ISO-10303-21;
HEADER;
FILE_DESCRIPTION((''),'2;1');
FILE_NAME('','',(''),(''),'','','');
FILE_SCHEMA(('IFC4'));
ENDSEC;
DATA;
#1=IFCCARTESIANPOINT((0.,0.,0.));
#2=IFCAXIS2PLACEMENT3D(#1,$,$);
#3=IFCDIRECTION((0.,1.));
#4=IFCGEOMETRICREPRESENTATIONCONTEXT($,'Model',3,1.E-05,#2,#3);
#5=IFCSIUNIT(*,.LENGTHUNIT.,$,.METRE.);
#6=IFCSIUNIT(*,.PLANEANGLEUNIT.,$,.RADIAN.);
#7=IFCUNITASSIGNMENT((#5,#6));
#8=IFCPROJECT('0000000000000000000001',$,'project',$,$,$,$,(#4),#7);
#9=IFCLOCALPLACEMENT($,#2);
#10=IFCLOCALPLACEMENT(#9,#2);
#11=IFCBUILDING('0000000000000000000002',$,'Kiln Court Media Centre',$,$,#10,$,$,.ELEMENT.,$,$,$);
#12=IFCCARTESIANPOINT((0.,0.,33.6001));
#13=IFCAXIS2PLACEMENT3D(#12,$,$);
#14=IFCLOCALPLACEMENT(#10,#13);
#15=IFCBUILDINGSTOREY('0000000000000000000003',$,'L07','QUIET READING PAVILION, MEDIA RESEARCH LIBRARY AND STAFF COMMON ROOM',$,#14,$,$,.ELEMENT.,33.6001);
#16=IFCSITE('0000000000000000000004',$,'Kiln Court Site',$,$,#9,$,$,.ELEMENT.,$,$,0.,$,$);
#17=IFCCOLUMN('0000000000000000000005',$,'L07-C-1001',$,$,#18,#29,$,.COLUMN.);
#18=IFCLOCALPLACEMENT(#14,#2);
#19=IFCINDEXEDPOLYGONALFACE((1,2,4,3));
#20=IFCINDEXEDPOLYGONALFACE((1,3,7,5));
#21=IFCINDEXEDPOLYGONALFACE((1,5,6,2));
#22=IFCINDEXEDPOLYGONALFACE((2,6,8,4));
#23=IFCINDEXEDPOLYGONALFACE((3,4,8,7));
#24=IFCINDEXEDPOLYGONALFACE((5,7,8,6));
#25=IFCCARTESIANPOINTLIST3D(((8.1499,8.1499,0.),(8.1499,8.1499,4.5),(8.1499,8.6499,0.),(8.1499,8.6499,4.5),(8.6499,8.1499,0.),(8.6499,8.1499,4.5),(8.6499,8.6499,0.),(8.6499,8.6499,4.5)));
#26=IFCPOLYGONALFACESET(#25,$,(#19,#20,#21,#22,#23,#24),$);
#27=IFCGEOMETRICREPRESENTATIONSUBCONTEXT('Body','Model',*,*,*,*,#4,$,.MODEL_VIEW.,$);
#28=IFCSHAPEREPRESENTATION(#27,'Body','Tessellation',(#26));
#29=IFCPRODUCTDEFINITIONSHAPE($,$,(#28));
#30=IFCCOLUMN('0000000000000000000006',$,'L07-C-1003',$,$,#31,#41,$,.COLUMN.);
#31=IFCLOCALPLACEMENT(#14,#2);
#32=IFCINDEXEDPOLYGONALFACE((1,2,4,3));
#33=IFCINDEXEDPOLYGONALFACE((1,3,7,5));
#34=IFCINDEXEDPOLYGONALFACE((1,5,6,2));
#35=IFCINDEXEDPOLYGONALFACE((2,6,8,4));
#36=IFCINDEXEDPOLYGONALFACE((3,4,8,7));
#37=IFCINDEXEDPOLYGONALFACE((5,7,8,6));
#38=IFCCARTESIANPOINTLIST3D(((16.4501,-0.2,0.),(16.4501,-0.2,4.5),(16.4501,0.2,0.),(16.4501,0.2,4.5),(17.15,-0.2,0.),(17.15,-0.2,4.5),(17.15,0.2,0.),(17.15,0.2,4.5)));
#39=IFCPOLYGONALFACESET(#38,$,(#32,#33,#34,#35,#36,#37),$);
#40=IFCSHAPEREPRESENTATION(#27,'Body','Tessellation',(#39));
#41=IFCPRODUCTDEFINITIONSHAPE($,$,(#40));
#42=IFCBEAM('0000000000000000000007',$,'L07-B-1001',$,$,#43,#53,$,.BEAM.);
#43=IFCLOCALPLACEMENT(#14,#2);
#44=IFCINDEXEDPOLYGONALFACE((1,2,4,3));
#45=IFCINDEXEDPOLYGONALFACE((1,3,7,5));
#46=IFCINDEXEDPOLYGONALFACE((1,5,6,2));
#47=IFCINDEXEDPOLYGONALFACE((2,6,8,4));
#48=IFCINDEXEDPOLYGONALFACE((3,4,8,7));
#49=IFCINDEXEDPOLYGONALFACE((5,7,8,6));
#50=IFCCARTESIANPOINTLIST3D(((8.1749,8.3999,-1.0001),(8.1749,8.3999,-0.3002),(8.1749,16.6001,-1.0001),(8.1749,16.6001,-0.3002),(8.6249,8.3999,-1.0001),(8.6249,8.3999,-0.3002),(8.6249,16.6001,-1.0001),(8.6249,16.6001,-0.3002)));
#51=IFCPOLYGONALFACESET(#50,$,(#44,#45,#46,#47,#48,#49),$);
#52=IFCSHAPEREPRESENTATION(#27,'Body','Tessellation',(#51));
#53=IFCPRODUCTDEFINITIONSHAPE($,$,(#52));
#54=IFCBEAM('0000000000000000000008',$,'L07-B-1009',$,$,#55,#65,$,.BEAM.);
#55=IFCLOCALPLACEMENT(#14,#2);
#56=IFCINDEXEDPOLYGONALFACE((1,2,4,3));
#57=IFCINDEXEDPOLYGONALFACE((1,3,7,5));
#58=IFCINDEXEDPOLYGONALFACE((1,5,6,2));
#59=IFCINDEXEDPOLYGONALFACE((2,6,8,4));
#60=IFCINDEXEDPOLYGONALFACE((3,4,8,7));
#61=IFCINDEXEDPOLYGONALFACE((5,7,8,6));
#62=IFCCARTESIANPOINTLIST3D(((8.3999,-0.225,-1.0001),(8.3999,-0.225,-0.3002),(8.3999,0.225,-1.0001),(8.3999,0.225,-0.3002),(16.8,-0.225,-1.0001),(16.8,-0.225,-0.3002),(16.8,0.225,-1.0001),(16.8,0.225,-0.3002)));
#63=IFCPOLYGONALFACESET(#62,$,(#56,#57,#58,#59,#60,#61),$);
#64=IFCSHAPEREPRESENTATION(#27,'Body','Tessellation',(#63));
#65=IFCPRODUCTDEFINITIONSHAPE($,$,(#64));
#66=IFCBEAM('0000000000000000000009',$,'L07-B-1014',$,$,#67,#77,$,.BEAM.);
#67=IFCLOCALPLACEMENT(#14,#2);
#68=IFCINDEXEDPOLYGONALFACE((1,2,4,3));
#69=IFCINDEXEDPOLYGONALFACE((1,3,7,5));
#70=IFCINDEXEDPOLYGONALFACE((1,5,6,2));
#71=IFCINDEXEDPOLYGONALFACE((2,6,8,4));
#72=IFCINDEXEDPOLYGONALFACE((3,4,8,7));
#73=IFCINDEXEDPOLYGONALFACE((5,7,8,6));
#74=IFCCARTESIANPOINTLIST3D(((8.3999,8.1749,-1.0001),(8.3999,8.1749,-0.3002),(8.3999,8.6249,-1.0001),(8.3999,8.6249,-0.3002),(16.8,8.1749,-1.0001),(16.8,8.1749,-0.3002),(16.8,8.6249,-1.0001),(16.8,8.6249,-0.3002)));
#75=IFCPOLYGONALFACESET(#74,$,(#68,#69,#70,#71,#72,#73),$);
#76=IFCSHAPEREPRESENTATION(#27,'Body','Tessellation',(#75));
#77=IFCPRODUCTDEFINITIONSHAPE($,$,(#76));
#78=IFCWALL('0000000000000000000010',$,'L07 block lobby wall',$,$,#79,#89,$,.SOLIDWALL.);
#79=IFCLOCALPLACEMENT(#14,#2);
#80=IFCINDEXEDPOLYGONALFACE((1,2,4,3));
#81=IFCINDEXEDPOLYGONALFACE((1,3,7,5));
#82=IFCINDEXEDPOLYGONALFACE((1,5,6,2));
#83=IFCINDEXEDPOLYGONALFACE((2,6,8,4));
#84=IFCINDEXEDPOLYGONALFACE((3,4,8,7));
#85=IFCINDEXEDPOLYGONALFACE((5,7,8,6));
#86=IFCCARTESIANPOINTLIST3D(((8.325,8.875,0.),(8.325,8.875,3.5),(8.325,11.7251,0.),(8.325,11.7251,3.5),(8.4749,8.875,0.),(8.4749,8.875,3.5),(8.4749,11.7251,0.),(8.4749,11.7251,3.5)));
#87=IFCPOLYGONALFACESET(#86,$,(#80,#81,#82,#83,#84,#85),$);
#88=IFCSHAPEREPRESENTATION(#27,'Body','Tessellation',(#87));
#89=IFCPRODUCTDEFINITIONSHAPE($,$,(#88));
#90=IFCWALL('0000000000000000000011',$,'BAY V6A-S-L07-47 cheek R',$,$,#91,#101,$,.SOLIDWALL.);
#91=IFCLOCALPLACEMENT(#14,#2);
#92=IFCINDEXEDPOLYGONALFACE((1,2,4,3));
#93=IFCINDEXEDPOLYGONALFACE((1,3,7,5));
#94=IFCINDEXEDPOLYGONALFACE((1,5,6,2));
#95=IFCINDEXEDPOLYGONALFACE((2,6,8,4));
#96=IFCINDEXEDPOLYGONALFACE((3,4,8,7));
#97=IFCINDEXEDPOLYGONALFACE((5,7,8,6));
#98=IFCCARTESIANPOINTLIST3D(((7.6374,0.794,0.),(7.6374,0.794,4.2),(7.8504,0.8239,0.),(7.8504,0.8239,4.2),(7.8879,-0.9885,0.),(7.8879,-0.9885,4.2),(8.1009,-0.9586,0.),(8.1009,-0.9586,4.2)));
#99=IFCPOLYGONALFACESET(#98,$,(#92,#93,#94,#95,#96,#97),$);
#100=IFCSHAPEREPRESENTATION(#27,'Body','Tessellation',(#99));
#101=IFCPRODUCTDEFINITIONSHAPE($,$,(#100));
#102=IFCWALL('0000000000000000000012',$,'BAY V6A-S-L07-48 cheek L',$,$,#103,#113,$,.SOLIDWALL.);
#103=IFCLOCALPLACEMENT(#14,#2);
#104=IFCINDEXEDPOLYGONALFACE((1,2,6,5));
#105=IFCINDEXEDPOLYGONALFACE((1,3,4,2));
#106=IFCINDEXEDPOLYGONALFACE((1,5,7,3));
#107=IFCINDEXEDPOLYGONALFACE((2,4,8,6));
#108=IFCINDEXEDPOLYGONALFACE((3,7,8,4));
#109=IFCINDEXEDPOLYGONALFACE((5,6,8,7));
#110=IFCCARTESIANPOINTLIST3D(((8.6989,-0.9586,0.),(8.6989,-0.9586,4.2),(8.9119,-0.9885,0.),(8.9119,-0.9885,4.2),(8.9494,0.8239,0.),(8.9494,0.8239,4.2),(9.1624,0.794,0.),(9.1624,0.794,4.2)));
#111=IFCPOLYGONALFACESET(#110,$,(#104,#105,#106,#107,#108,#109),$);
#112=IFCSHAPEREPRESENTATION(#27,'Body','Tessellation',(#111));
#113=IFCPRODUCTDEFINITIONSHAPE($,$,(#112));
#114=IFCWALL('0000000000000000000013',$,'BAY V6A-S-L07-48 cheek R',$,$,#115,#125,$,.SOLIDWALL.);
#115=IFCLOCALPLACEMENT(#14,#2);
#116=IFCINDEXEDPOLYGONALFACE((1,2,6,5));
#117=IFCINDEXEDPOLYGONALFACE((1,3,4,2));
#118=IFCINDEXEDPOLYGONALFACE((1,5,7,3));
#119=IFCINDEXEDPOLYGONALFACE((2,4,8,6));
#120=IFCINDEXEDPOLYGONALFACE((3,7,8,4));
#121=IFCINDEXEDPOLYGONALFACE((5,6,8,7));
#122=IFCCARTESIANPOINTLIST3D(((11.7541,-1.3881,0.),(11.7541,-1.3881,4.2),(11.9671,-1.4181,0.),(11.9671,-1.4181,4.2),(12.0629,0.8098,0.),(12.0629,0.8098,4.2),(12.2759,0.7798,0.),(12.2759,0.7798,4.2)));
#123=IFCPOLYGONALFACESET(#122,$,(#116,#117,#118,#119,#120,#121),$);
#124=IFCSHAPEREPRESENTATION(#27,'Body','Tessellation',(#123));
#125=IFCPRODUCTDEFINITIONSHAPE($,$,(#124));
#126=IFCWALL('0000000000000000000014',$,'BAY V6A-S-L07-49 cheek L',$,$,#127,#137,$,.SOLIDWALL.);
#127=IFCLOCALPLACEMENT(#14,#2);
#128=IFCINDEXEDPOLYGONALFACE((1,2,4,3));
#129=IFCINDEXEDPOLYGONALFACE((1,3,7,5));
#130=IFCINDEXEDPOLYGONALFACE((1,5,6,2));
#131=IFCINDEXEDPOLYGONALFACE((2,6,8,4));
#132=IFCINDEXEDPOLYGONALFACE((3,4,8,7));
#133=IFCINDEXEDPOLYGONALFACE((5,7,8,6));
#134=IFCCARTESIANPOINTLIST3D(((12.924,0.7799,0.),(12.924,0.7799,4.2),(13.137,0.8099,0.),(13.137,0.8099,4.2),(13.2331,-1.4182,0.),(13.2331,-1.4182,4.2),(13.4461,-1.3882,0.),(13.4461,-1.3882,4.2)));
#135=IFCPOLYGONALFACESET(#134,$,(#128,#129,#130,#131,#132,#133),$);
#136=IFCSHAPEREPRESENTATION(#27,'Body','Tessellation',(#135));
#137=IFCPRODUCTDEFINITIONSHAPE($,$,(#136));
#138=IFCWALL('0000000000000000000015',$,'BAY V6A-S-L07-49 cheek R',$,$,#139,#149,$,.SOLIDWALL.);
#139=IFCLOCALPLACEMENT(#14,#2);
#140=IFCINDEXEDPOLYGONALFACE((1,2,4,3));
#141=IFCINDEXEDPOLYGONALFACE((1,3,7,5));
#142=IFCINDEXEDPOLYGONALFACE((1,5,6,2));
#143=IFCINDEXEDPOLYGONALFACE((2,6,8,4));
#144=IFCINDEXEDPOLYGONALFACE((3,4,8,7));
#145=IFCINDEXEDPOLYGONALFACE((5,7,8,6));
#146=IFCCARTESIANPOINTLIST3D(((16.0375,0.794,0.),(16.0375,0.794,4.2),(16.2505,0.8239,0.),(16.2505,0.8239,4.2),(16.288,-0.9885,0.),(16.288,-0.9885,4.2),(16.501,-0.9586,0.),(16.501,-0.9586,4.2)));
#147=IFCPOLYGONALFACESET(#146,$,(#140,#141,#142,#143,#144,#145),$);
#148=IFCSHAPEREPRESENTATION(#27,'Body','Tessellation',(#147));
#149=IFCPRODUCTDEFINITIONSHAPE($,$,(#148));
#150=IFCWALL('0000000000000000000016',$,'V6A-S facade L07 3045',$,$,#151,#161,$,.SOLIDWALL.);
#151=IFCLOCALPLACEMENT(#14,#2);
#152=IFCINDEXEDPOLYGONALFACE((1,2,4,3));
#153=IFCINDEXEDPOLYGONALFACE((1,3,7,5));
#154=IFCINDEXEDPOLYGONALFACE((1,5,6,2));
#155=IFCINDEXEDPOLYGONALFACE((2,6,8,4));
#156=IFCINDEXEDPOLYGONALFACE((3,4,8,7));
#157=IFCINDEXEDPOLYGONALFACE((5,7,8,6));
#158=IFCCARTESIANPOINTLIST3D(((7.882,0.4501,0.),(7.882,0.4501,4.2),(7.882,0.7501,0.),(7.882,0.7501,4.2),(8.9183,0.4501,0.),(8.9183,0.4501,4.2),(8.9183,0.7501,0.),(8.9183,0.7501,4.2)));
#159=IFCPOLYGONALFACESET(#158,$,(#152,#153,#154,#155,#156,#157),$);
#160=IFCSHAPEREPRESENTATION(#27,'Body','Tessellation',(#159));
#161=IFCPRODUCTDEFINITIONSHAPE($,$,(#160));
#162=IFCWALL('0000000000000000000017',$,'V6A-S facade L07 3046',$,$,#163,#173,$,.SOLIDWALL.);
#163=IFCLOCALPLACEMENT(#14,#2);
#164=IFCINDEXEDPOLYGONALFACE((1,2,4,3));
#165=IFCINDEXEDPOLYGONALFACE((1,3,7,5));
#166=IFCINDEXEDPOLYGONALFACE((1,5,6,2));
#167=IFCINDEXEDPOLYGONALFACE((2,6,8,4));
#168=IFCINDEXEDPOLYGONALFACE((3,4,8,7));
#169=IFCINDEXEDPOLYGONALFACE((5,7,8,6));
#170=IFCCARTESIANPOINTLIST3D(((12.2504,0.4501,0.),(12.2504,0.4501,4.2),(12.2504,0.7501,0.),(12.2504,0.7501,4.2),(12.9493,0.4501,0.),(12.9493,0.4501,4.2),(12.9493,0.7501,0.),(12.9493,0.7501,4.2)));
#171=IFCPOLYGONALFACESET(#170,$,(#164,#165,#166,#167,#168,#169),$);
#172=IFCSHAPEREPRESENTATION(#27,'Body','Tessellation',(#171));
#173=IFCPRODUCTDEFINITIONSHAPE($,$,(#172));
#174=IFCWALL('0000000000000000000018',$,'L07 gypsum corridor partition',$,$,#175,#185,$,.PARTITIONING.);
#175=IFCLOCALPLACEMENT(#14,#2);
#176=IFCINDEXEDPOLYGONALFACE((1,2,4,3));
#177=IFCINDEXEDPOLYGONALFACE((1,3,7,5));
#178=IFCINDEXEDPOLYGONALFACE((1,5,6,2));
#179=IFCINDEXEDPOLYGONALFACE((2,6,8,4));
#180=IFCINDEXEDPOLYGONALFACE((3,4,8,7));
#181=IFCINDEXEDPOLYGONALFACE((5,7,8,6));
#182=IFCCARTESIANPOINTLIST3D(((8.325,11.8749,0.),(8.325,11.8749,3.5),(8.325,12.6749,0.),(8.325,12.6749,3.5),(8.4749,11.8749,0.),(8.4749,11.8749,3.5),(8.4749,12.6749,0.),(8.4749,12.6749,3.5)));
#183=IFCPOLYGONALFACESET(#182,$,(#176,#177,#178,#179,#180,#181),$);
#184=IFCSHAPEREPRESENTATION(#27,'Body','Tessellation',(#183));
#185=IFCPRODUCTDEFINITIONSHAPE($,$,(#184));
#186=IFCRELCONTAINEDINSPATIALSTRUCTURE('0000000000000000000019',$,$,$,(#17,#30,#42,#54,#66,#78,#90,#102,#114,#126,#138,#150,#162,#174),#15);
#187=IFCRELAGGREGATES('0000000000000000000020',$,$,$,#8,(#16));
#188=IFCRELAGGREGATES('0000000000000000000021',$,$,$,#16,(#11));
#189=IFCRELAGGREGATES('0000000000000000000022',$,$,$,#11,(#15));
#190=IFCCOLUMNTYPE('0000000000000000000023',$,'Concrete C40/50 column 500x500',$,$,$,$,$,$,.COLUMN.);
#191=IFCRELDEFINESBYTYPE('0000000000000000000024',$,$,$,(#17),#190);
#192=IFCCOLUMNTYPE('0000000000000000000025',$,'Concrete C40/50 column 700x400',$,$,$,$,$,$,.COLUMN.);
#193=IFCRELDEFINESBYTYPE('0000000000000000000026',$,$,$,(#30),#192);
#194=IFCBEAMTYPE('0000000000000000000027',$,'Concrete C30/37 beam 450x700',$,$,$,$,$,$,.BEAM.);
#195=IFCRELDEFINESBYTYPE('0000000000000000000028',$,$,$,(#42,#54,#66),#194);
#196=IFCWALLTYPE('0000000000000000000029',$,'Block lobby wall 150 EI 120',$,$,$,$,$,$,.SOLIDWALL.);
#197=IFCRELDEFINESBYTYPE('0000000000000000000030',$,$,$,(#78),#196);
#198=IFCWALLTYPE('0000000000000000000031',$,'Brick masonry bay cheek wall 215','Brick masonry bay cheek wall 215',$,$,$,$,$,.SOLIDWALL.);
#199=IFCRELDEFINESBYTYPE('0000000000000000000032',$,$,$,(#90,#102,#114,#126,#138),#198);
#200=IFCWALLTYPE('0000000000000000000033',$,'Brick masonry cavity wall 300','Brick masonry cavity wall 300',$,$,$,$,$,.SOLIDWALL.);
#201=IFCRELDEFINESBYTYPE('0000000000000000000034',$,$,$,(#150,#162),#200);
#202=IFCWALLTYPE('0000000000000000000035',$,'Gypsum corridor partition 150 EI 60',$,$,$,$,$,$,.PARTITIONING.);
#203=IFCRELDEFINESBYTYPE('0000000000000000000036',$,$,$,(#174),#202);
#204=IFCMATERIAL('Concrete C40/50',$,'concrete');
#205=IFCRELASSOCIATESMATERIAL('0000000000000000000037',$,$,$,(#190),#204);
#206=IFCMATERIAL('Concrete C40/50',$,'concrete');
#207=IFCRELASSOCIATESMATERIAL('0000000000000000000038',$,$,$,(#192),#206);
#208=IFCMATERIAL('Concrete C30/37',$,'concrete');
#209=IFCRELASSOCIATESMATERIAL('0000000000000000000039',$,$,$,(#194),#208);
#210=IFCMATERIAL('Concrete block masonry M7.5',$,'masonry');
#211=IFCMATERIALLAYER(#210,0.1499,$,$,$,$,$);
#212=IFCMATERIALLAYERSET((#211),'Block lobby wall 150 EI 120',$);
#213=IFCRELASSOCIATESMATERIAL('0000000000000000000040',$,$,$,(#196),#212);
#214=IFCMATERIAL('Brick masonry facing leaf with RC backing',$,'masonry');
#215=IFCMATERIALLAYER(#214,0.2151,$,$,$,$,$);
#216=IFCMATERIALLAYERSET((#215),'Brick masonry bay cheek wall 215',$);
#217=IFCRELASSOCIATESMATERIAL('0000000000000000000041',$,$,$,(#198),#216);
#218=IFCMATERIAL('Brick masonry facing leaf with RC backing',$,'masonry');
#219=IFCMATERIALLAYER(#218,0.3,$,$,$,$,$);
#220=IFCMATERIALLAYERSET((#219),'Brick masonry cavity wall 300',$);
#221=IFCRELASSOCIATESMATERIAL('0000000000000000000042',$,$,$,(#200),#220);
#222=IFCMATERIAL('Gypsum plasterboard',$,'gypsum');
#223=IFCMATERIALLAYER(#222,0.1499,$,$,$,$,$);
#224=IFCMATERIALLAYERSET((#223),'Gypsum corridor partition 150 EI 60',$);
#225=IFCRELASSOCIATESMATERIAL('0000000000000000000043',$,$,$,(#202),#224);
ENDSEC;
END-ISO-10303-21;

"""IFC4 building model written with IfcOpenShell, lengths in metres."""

from ifc_helpers import new_model, si_unit, direction, frame, frame_2d, origin, origin_2d, place, context, subcontext, project, spatial, rectangle, extrude, material, layer, layer_set, material_profile, profile_set, type_object, element, save


model = new_model("IFC4")

# Units and contexts
model_context = context("Model", 3, precision=1e-05, world=origin(), true_north=direction((0.0, 1.0)))
body_context = subcontext(model_context, "Body", "Model", "MODEL_VIEW")
ifc_project = project(units=[si_unit("LENGTHUNIT", "METRE"), si_unit("PLANEANGLEUNIT", "RADIAN")], contexts=[model_context])

# Site, building, storey
site_placement = place(None, origin())
site = spatial("IfcSite", under=ifc_project, at=site_placement, Name="Kiln Court Site", CompositionType="ELEMENT", RefElevation=0.0)
building_placement = place(site_placement, origin())
building = spatial("IfcBuilding", under=site, at=building_placement, Name="Kiln Court Media Centre", CompositionType="ELEMENT")
storey_placement = place(building_placement, frame((0.0, 0.0, 33.6001)))
storey = spatial("IfcBuildingStorey", under=building, at=storey_placement, Name="L07", Description="QUIET READING PAVILION, MEDIA RESEARCH LIBRARY AND STAFF COMMON ROOM", CompositionType="ELEMENT", Elevation=33.6001)

# Columns
ifc_material_1 = material(Name="Concrete C40/50", Category="concrete")
ifc_material_profile_1 = material_profile(ifc_material_1, rectangle(XDim=0.5, YDim=0.5, at=origin_2d()), Name="RC 500x500")
ifc_profile_set_1 = profile_set([ifc_material_profile_1], Name="Concrete C40/50")
column_type_1 = type_object("IfcColumnType", Name="Concrete C40/50 column 500x500", PredefinedType="COLUMN", material=ifc_profile_set_1)
column_1_placement = place(storey_placement, frame((8.3999, 8.3999, 0.0), z_axis=(0.0, 0.0, 1.0), x_axis=(1.0, 0.0, 0.0)))
element("IfcColumn", 1, at=column_1_placement, inside=storey, type_object=column_type_1, Name="L07-C-1001", PredefinedType="COLUMN", context=body_context, shape_type="SweptSolid", body=[
    extrude(rectangle(XDim=0.5, YDim=0.5, at=origin_2d()), origin(), (0.0, 0.0, 1.0), 4.5),
])
ifc_material_2 = material(Name="Concrete C40/50", Category="concrete")
ifc_material_profile_2 = material_profile(ifc_material_2, rectangle(XDim=0.7, YDim=0.3999, at=origin_2d()), Name="RC 700x400")
ifc_profile_set_2 = profile_set([ifc_material_profile_2], Name="Concrete C40/50")
column_type_2 = type_object("IfcColumnType", Name="Concrete C40/50 column 700x400", PredefinedType="COLUMN", material=ifc_profile_set_2)
column_2_placement = place(storey_placement, frame((16.8, 0.0, 0.0), z_axis=(0.0, 0.0, 1.0), x_axis=(1.0, 0.0, 0.0)))
element("IfcColumn", 2, at=column_2_placement, inside=storey, type_object=column_type_2, Name="L07-C-1003", PredefinedType="COLUMN", context=body_context, shape_type="SweptSolid", body=[
    extrude(rectangle(XDim=0.7, YDim=0.3999, at=origin_2d()), origin(), (0.0, 0.0, 1.0), 4.5),
])

# Beams
ifc_material_3 = material(Name="Concrete C30/37", Category="concrete")
ifc_material_profile_3 = material_profile(ifc_material_3, rectangle(XDim=0.45, YDim=0.7, at=origin_2d()), Name="RC 450x700")
ifc_profile_set_3 = profile_set([ifc_material_profile_3], Name="Concrete C30/37")
beam_type = type_object("IfcBeamType", Name="Concrete C30/37 beam 450x700", PredefinedType="BEAM", material=ifc_profile_set_3)
beam_placement = place(storey_placement, frame((8.3999, 8.3999, -0.6501), z_axis=(0.0, 1.0, 0.0), x_axis=(-1.0, 0.0, 0.0)))
element("IfcBeam", 3, at=beam_placement, inside=storey, type_object=beam_type, Name="L07-B-1001", PredefinedType="BEAM", context=body_context, shape_type="SweptSolid", body=[
    extrude(rectangle(XDim=0.45, YDim=0.7, at=origin_2d()), origin(), (0.0, 0.0, 1.0), 8.2002),
])
for number, where, z_axis, x_axis, name in (
    (4, (8.3999, 0.0, -0.6501), (1.0, 0.0, 0.0), (0.0, 1.0, 0.0), "L07-B-1009"),
    (5, (8.3999, 8.3999, -0.6501), (1.0, 0.0, 0.0), (0.0, 1.0, 0.0), "L07-B-1014"),
):
    element("IfcBeam", number, at=place(storey_placement, frame(where, z_axis=z_axis, x_axis=x_axis)), inside=storey, type_object=beam_type, Name=name, PredefinedType="BEAM", context=body_context, shape_type="SweptSolid", body=[
        extrude(rectangle(XDim=0.45, YDim=0.7, at=origin_2d()), origin(), (0.0, 0.0, 1.0), 8.4001),
    ])

# Walls
ifc_material_4 = material(Name="Concrete block masonry M7.5", Category="masonry")
ifc_layer_1 = layer(ifc_material_4, 0.1499)
ifc_layer_set_1 = layer_set([ifc_layer_1], Name="Block lobby wall 150 EI 120")
wall_type_1 = type_object("IfcWallType", Name="Block lobby wall 150 EI 120", PredefinedType="SOLIDWALL", material=ifc_layer_set_1)
wall_1_placement = place(storey_placement, frame((8.3999, 8.875, 0.0), z_axis=(0.0, 0.0, 1.0), x_axis=(0.0, 1.0, 0.0)))
element("IfcWall", 6, at=wall_1_placement, inside=storey, type_object=wall_type_1, Name="L07 block lobby wall", PredefinedType="SOLIDWALL", context=body_context, shape_type="SweptSolid", body=[
    extrude(rectangle(XDim=2.8501, YDim=0.1499, at=frame_2d((1.425, 0.0))), origin(), (0.0, 0.0, 1.0), 3.5),
])
ifc_material_5 = material(Name="Brick masonry facing leaf with RC backing", Category="masonry")
ifc_layer_2 = layer(ifc_material_5, 0.2151)
ifc_layer_set_2 = layer_set([ifc_layer_2], Name="Brick masonry bay cheek wall 215")
wall_type_2 = type_object("IfcWallType", Name="Brick masonry bay cheek wall 215", Description="Brick masonry bay cheek wall 215", PredefinedType="SOLIDWALL", material=ifc_layer_set_2)
for number, where, z_axis, x_axis, name in (
    (7, (7.7439, 0.8088, 0.0), (0.0, 0.0, 1.0), (0.139161, -0.99027, 0.0), "BAY V6A-S-L07-47 cheek R"),
    (8, (9.0559, 0.8088, 0.0), (0.0, 0.0, 1.0), (-0.139161, -0.99027, 0.0), "BAY V6A-S-L07-48 cheek L"),
):
    element("IfcWall", number, at=place(storey_placement, frame(where, z_axis=z_axis, x_axis=x_axis)), inside=storey, type_object=wall_type_2, Name=name, PredefinedType="SOLIDWALL", context=body_context, shape_type="SweptSolid", body=[
        extrude(rectangle(XDim=1.8, YDim=0.2151, at=frame_2d((0.8999, 0.0))), origin(), (0.0, 0.0, 1.0), 4.2),
    ])
wall_2_placement = place(storey_placement, frame((12.1694, 0.7949, 0.0), z_axis=(0.0, 0.0, 1.0), x_axis=(-0.139142, -0.990272, 0.0)))
element("IfcWall", 9, at=wall_2_placement, inside=storey, type_object=wall_type_2, Name="BAY V6A-S-L07-48 cheek R", PredefinedType="SOLIDWALL", context=body_context, shape_type="SweptSolid", body=[
    extrude(rectangle(XDim=2.2195, YDim=0.2151, at=frame_2d((1.1099, 0.0))), origin(), (0.0, 0.0, 1.0), 4.2),
])
wall_3_placement = place(storey_placement, frame((13.0305, 0.7949, 0.0), z_axis=(0.0, 0.0, 1.0), x_axis=(0.13925, -0.990257, 0.0)))
element("IfcWall", 10, at=wall_3_placement, inside=storey, type_object=wall_type_2, Name="BAY V6A-S-L07-49 cheek L", PredefinedType="SOLIDWALL", context=body_context, shape_type="SweptSolid", body=[
    extrude(rectangle(XDim=2.2197, YDim=0.2151, at=frame_2d((1.1099, 0.0))), origin(), (0.0, 0.0, 1.0), 4.2),
])
wall_4_placement = place(storey_placement, frame((16.144, 0.8088, 0.0), z_axis=(0.0, 0.0, 1.0), x_axis=(0.139161, -0.99027, 0.0)))
element("IfcWall", 11, at=wall_4_placement, inside=storey, type_object=wall_type_2, Name="BAY V6A-S-L07-49 cheek R", PredefinedType="SOLIDWALL", context=body_context, shape_type="SweptSolid", body=[
    extrude(rectangle(XDim=1.8, YDim=0.2151, at=frame_2d((0.8999, 0.0))), origin(), (0.0, 0.0, 1.0), 4.2),
])
ifc_material_6 = material(Name="Brick masonry facing leaf with RC backing", Category="masonry")
ifc_layer_3 = layer(ifc_material_6, 0.3)
ifc_layer_set_3 = layer_set([ifc_layer_3], Name="Brick masonry cavity wall 300")
wall_type_3 = type_object("IfcWallType", Name="Brick masonry cavity wall 300", Description="Brick masonry cavity wall 300", PredefinedType="SOLIDWALL", material=ifc_layer_set_3)
wall_5_placement = place(storey_placement, frame((8.9182, 0.6001, 0.0), z_axis=(0.0, 0.0, 1.0), x_axis=(-1.0, 0.0, 0.0)))
element("IfcWall", 12, at=wall_5_placement, inside=storey, type_object=wall_type_3, Name="V6A-S facade L07 3045", PredefinedType="SOLIDWALL", context=body_context, shape_type="SweptSolid", body=[
    extrude(rectangle(XDim=1.0364, YDim=0.3, at=frame_2d((0.5181, 0.0))), origin(), (0.0, 0.0, 1.0), 4.2),
])
wall_6_placement = place(storey_placement, frame((12.9495, 0.6001, 0.0), z_axis=(0.0, 0.0, 1.0), x_axis=(-1.0, 0.0, 0.0)))
element("IfcWall", 13, at=wall_6_placement, inside=storey, type_object=wall_type_3, Name="V6A-S facade L07 3046", PredefinedType="SOLIDWALL", context=body_context, shape_type="SweptSolid", body=[
    extrude(rectangle(XDim=0.699, YDim=0.3, at=frame_2d((0.3496, 0.0))), origin(), (0.0, 0.0, 1.0), 4.2),
])
ifc_material_7 = material(Name="Gypsum plasterboard", Category="gypsum")
ifc_layer_4 = layer(ifc_material_7, 0.1499)
ifc_layer_set_4 = layer_set([ifc_layer_4], Name="Gypsum corridor partition 150 EI 60")
wall_type_4 = type_object("IfcWallType", Name="Gypsum corridor partition 150 EI 60", PredefinedType="PARTITIONING", material=ifc_layer_set_4)
wall_7_placement = place(storey_placement, frame((8.3999, 11.875, 0.0), z_axis=(0.0, 0.0, 1.0), x_axis=(0.0, 1.0, 0.0)))
element("IfcWall", 14, at=wall_7_placement, inside=storey, type_object=wall_type_4, Name="L07 gypsum corridor partition", PredefinedType="PARTITIONING", context=body_context, shape_type="SweptSolid", body=[
    extrude(rectangle(XDim=0.8, YDim=0.1499, at=frame_2d((0.3999, 0.0))), origin(), (0.0, 0.0, 1.0), 3.5),
])

save(model, "model.ifc")
